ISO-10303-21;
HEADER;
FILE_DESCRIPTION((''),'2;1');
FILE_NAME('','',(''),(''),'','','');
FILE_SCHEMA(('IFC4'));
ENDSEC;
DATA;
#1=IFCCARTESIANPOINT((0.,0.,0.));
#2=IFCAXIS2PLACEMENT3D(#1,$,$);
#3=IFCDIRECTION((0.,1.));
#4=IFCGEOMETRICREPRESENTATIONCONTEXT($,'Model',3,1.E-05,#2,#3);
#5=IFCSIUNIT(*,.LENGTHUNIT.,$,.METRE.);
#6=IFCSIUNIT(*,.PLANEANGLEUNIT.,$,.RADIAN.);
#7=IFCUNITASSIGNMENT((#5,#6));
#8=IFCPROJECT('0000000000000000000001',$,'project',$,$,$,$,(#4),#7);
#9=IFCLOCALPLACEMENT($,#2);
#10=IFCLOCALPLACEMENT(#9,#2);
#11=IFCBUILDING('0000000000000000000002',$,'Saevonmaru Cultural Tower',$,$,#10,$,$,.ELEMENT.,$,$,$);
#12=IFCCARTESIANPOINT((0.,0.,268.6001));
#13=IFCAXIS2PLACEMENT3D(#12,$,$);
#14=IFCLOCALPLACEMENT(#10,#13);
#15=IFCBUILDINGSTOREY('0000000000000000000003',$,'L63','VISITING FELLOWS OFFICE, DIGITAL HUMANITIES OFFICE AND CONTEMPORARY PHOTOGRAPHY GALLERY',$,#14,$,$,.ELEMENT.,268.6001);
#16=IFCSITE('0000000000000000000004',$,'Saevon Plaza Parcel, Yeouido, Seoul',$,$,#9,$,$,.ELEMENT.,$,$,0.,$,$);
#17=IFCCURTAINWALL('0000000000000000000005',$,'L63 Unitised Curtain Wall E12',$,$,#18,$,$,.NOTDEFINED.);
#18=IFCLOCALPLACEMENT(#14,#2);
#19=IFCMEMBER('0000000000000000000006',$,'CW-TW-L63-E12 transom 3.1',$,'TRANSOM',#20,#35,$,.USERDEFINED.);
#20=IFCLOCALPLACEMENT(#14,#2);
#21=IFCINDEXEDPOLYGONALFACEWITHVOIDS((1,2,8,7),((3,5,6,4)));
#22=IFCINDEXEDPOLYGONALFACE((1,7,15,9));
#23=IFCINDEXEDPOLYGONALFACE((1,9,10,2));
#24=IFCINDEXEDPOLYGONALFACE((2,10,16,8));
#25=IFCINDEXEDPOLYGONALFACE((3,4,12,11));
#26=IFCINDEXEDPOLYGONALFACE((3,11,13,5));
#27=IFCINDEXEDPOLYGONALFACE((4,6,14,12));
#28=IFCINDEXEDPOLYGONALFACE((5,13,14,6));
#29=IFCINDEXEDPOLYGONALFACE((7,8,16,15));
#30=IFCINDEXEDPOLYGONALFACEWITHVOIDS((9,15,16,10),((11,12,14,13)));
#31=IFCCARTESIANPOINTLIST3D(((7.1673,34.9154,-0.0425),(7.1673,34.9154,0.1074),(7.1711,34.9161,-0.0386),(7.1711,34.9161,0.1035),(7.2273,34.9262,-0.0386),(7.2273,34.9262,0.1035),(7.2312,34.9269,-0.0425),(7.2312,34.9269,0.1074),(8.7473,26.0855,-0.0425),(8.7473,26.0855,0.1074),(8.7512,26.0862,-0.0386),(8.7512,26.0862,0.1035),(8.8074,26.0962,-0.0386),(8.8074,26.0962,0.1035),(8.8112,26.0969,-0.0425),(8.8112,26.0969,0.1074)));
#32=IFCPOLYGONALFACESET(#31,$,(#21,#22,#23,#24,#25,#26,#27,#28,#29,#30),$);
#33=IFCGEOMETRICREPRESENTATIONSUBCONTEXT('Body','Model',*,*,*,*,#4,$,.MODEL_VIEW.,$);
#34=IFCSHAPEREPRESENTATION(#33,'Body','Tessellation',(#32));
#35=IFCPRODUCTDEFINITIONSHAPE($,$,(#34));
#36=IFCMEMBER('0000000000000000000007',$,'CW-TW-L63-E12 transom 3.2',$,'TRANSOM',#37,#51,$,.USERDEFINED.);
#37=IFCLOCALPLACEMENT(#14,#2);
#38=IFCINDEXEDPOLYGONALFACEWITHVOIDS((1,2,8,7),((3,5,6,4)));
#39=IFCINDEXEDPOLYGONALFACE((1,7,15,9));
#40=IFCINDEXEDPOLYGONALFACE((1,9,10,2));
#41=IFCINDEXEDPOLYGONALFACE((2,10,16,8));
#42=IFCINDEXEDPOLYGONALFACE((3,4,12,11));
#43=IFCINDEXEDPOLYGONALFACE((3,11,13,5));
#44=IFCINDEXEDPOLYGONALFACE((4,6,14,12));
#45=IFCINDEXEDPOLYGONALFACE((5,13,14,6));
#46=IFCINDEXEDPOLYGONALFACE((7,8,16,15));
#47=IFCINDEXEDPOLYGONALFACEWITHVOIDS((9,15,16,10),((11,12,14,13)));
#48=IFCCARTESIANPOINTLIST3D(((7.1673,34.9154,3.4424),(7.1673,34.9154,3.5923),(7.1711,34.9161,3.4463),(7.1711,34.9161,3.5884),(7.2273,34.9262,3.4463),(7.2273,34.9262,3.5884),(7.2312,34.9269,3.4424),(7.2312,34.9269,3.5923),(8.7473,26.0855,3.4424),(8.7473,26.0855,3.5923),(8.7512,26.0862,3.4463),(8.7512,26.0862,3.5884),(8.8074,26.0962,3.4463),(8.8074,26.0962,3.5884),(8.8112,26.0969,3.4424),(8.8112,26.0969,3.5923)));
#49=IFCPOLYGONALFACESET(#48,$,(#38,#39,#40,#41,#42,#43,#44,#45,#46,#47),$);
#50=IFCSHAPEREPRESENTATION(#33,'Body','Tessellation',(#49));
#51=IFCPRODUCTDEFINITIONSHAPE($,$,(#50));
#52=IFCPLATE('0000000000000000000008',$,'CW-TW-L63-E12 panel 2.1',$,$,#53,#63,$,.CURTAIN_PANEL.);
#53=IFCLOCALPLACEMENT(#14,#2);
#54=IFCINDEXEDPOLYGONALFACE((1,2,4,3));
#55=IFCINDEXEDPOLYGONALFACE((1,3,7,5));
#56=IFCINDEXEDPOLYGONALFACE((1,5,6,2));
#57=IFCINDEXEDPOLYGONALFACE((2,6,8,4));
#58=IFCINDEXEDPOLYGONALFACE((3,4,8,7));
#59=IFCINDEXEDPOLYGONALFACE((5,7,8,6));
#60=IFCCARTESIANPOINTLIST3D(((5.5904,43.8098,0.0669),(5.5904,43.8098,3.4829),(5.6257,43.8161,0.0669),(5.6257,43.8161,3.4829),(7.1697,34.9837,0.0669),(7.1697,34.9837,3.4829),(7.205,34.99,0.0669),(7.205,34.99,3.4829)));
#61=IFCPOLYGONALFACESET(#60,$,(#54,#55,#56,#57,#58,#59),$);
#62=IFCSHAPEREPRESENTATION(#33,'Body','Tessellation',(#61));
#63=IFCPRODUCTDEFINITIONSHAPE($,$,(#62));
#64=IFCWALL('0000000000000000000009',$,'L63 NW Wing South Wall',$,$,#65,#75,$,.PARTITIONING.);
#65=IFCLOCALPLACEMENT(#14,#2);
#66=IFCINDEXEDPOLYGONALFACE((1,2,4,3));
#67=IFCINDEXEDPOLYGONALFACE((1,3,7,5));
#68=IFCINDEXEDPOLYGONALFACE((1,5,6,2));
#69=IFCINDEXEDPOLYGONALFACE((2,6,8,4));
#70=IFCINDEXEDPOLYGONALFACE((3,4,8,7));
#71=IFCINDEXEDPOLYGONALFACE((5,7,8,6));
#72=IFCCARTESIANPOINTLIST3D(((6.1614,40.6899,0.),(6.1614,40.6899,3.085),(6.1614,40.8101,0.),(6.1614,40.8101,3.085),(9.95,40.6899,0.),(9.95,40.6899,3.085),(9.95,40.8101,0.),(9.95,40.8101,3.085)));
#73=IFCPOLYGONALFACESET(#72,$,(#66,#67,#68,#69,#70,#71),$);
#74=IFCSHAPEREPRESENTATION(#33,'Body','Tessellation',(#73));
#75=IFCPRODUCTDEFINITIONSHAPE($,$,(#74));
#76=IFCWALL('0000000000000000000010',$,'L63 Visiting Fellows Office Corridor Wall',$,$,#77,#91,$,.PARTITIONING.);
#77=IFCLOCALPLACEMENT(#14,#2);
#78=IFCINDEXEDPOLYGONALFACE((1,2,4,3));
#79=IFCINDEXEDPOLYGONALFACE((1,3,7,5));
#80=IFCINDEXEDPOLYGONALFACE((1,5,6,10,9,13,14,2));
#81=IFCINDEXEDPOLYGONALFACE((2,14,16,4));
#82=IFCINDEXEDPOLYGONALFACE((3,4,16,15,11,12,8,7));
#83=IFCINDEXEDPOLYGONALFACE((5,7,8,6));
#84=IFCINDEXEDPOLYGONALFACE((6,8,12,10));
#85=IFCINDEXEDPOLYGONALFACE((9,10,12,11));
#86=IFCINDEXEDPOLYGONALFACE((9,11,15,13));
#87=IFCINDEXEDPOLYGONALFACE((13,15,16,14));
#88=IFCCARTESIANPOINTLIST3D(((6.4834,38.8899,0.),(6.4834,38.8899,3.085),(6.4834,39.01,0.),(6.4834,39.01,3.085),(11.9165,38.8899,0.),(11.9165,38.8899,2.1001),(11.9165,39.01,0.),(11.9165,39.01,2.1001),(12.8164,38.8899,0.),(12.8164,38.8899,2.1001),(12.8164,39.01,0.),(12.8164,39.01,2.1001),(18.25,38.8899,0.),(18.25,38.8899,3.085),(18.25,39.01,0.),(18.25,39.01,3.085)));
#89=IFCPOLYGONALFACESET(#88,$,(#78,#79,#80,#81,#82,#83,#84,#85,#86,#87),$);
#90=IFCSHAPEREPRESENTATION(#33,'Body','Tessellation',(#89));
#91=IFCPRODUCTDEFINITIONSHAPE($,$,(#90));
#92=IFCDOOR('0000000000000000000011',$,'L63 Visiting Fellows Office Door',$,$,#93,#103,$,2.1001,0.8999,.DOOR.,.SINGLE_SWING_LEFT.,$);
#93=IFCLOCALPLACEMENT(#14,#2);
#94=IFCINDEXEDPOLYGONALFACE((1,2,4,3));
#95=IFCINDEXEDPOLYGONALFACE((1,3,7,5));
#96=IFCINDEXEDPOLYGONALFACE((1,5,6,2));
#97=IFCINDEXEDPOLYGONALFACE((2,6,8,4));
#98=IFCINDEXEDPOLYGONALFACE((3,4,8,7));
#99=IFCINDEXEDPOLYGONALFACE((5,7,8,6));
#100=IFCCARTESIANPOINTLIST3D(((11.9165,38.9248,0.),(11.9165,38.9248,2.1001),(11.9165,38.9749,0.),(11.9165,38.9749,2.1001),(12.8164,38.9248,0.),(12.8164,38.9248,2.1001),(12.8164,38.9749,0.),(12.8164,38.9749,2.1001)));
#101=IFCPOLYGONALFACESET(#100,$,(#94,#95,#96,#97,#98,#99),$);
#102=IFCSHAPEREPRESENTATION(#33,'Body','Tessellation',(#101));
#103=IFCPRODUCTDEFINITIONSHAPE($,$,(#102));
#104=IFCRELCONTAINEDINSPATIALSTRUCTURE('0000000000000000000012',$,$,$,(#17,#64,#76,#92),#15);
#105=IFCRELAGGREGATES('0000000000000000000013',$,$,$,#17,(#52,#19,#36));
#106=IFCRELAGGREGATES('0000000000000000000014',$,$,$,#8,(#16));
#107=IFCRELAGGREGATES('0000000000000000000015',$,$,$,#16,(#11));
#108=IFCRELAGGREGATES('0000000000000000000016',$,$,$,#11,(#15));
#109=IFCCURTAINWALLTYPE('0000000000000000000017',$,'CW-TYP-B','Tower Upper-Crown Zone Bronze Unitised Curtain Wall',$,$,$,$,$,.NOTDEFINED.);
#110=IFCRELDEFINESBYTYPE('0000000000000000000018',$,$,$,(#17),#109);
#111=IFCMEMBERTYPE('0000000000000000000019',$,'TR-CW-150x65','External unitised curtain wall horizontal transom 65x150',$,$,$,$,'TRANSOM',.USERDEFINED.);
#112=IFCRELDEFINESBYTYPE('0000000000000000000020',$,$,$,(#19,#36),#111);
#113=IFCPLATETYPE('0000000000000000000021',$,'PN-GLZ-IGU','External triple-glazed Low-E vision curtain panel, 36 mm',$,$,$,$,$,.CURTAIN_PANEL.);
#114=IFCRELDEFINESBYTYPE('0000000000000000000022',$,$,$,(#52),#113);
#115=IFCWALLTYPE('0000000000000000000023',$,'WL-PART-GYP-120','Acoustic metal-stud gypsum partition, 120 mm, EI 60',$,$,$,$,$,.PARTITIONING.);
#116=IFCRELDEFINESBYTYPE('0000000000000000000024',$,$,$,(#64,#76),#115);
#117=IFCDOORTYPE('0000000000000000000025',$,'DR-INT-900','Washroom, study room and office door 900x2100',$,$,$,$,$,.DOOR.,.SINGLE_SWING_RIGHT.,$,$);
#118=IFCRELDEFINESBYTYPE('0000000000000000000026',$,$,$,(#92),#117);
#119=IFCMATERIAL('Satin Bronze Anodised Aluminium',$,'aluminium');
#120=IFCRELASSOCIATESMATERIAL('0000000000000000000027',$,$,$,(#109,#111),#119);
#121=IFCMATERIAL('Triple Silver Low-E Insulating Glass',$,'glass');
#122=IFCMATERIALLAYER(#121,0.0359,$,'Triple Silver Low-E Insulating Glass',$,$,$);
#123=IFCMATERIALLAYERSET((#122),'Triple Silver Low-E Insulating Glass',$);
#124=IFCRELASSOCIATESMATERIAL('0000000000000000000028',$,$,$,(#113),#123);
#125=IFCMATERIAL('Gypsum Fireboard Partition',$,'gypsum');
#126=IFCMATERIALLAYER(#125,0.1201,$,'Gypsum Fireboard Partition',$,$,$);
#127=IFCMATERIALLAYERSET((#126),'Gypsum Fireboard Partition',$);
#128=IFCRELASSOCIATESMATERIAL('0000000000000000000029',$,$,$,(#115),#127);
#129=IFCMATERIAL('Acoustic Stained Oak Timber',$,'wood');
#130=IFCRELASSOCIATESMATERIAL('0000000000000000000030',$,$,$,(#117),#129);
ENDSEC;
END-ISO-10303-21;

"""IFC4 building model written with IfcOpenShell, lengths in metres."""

from ifc_helpers import new_model, si_unit, direction, frame, frame_2d, origin, origin_2d, place, context, subcontext, project, spatial, rectangle, hollow_rectangle, extrude, material, layer, layer_set, material_profile, profile_set, type_object, element, fill, aggregate, save


model = new_model("IFC4")

# Units and contexts
model_context = context("Model", 3, precision=1e-05, world=origin(), true_north=direction((0.0, 1.0)))
body_context = subcontext(model_context, "Body", "Model", "MODEL_VIEW")
ifc_project = project(units=[si_unit("LENGTHUNIT", "METRE"), si_unit("PLANEANGLEUNIT", "RADIAN")], contexts=[model_context])

# Site, building, storey
site_placement = place(None, origin())
site = spatial("IfcSite", under=ifc_project, at=site_placement, Name="Saevon Plaza Parcel, Yeouido, Seoul", CompositionType="ELEMENT", RefElevation=0.0)
building_placement = place(site_placement, origin())
building = spatial("IfcBuilding", under=site, at=building_placement, Name="Saevonmaru Cultural Tower", CompositionType="ELEMENT")
storey_placement = place(building_placement, frame((0.0, 0.0, 268.6001)))
storey = spatial("IfcBuildingStorey", under=building, at=storey_placement, Name="L63", Description="VISITING FELLOWS OFFICE, DIGITAL HUMANITIES OFFICE AND CONTEMPORARY PHOTOGRAPHY GALLERY", CompositionType="ELEMENT", Elevation=268.6001)

# Curtain wall, members, plate
ifc_material_1 = material(Name="Satin Bronze Anodised Aluminium", Category="aluminium")
curtain_wall_type = type_object("IfcCurtainWallType", Name="CW-TYP-B", Description="Tower Upper-Crown Zone Bronze Unitised Curtain Wall", PredefinedType="NOTDEFINED", material=ifc_material_1)
curtain_wall_placement = place(storey_placement, origin())
curtain_wall = element("IfcCurtainWall", 1, at=curtain_wall_placement, inside=storey, type_object=curtain_wall_type, Name="L63 Unitised Curtain Wall E12", PredefinedType="NOTDEFINED")
ifc_material_profile_1 = material_profile(ifc_material_1, hollow_rectangle(XDim=0.0649, YDim=0.1499, WallThickness=0.0039, at=origin_2d()), Name="ALU-TRAN-150x65x4")
ifc_profile_set_1 = profile_set([ifc_material_profile_1], Name="Satin Bronze Anodised Aluminium")
member_type_1 = type_object("IfcMemberType", Name="TR-CW-150x65", Description="External unitised curtain wall horizontal transom 65x150", ElementType="TRANSOM", PredefinedType="USERDEFINED", material=ifc_profile_set_1)
member_1_placement = place(storey_placement, frame((7.1992, 34.9211, 0.0325), z_axis=(0.176145, -0.984364, 0.0), x_axis=(0.984364, 0.176145, 0.0)))
member_1 = element("IfcMember", 2, at=member_1_placement, type_object=member_type_1, Name="CW-TW-L63-E12 transom 3.1", ObjectType="TRANSOM", PredefinedType="USERDEFINED", context=body_context, shape_type="SweptSolid", body=[
    extrude(hollow_rectangle(XDim=0.0649, YDim=0.1499, WallThickness=0.0039, at=origin_2d()), origin(), (0.0, 0.0, 1.0), 8.9702),
])
member_2_placement = place(storey_placement, frame((7.1992, 34.9211, 3.5173), z_axis=(0.176145, -0.984364, 0.0), x_axis=(0.984364, 0.176145, 0.0)))
member_2 = element("IfcMember", 3, at=member_2_placement, type_object=member_type_1, Name="CW-TW-L63-E12 transom 3.2", ObjectType="TRANSOM", PredefinedType="USERDEFINED", context=body_context, shape_type="SweptSolid", body=[
    extrude(hollow_rectangle(XDim=0.0649, YDim=0.1499, WallThickness=0.0039, at=origin_2d()), origin(), (0.0, 0.0, 1.0), 8.9702),
])
ifc_material_2 = material(Name="Triple Silver Low-E Insulating Glass", Category="glass")
ifc_layer_1 = layer(ifc_material_2, 0.0359, Name="Triple Silver Low-E Insulating Glass")
ifc_layer_set_1 = layer_set([ifc_layer_1], Name="Triple Silver Low-E Insulating Glass")
plate_type = type_object("IfcPlateType", Name="PN-GLZ-IGU", Description="External triple-glazed Low-E vision curtain panel, 36 mm", PredefinedType="CURTAIN_PANEL", material=ifc_layer_set_1)
plate_placement = place(storey_placement, frame((6.3977, 39.3999, 0.0669), z_axis=(0.0, 0.0, 1.0), x_axis=(0.176141, -0.984365, 0.0)))
plate = element("IfcPlate", 4, at=plate_placement, type_object=plate_type, Name="CW-TW-L63-E12 panel 2.1", PredefinedType="CURTAIN_PANEL", context=body_context, shape_type="SweptSolid", body=[
    extrude(rectangle(XDim=8.9663, YDim=0.0359, at=origin_2d()), origin(), (0.0, 0.0, 1.0), 3.416),
])
aggregate(curtain_wall, [plate, member_1, member_2])

# Wall
ifc_material_3 = material(Name="Gypsum Fireboard Partition", Category="gypsum")
ifc_layer_2 = layer(ifc_material_3, 0.1201, Name="Gypsum Fireboard Partition")
ifc_layer_set_2 = layer_set([ifc_layer_2], Name="Gypsum Fireboard Partition")
wall_type_1 = type_object("IfcWallType", Name="WL-PART-GYP-120", Description="Acoustic metal-stud gypsum partition, 120 mm, EI 60", PredefinedType="PARTITIONING", material=ifc_layer_set_2)
wall_1_placement = place(storey_placement, frame((6.1614, 40.75, 0.0), z_axis=(0.0, 0.0, 1.0), x_axis=(1.0, 0.0, 0.0)))
element("IfcWall", 5, at=wall_1_placement, inside=storey, type_object=wall_type_1, Name="L63 NW Wing South Wall", PredefinedType="PARTITIONING", context=body_context, shape_type="SweptSolid", body=[
    extrude(rectangle(XDim=3.7886, YDim=0.1201, at=frame_2d((1.8943, 0.0))), origin(), (0.0, 0.0, 1.0), 3.085),
])

# Wall, opening, door
wall_2_placement = place(storey_placement, frame((6.4834, 38.95, 0.0), z_axis=(0.0, 0.0, 1.0), x_axis=(1.0, 0.0, 0.0)))
wall_2 = element("IfcWall", 6, at=wall_2_placement, inside=storey, type_object=wall_type_1, Name="L63 Visiting Fellows Office Corridor Wall", PredefinedType="PARTITIONING", context=body_context, shape_type="SweptSolid", body=[
    extrude(rectangle(XDim=11.7666, YDim=0.1201, at=frame_2d((5.8833, 0.0))), origin(), (0.0, 0.0, 1.0), 3.085),
])
opening_1_placement = place(wall_2_placement, frame((5.4331, 0.0, 0.0)))
opening_1 = element("IfcOpeningElement", 7, at=opening_1_placement, cuts=wall_2, PredefinedType="OPENING", context=body_context, shape_type="SweptSolid", body=[
    extrude(rectangle(XDim=0.8999, YDim=2.1001, at=frame_2d((0.45, 1.05))), frame((0.0, 0.0701, 0.0), z_axis=(0.0, -1.0, 0.0), x_axis=(1.0, 0.0, 0.0)), (0.0, 0.0, 1.0), 0.1401),
])
ifc_material_4 = material(Name="Acoustic Stained Oak Timber", Category="wood")
door_type_1 = type_object("IfcDoorType", Name="DR-INT-900", Description="Washroom, study room and office door 900x2100", OperationType="SINGLE_SWING_RIGHT", PredefinedType="DOOR", material=ifc_material_4)
door_1_placement = place(opening_1_placement, origin())
door_1 = element("IfcDoor", 8, at=door_1_placement, inside=storey, type_object=door_type_1, Name="L63 Visiting Fellows Office Door", OperationType="SINGLE_SWING_LEFT", OverallHeight=2.1001, OverallWidth=0.8999, PredefinedType="DOOR", context=body_context, shape_type="SweptSolid", body=[
    extrude(rectangle(XDim=0.8999, YDim=2.1001, at=frame_2d((0.45, 1.05))), frame((0.0, 0.0249, 0.0), z_axis=(0.0, -1.0, 0.0), x_axis=(1.0, 0.0, 0.0)), (0.0, 0.0, 1.0), 0.05),
])
fill(opening_1, door_1)

save(model, "model.ifc")
